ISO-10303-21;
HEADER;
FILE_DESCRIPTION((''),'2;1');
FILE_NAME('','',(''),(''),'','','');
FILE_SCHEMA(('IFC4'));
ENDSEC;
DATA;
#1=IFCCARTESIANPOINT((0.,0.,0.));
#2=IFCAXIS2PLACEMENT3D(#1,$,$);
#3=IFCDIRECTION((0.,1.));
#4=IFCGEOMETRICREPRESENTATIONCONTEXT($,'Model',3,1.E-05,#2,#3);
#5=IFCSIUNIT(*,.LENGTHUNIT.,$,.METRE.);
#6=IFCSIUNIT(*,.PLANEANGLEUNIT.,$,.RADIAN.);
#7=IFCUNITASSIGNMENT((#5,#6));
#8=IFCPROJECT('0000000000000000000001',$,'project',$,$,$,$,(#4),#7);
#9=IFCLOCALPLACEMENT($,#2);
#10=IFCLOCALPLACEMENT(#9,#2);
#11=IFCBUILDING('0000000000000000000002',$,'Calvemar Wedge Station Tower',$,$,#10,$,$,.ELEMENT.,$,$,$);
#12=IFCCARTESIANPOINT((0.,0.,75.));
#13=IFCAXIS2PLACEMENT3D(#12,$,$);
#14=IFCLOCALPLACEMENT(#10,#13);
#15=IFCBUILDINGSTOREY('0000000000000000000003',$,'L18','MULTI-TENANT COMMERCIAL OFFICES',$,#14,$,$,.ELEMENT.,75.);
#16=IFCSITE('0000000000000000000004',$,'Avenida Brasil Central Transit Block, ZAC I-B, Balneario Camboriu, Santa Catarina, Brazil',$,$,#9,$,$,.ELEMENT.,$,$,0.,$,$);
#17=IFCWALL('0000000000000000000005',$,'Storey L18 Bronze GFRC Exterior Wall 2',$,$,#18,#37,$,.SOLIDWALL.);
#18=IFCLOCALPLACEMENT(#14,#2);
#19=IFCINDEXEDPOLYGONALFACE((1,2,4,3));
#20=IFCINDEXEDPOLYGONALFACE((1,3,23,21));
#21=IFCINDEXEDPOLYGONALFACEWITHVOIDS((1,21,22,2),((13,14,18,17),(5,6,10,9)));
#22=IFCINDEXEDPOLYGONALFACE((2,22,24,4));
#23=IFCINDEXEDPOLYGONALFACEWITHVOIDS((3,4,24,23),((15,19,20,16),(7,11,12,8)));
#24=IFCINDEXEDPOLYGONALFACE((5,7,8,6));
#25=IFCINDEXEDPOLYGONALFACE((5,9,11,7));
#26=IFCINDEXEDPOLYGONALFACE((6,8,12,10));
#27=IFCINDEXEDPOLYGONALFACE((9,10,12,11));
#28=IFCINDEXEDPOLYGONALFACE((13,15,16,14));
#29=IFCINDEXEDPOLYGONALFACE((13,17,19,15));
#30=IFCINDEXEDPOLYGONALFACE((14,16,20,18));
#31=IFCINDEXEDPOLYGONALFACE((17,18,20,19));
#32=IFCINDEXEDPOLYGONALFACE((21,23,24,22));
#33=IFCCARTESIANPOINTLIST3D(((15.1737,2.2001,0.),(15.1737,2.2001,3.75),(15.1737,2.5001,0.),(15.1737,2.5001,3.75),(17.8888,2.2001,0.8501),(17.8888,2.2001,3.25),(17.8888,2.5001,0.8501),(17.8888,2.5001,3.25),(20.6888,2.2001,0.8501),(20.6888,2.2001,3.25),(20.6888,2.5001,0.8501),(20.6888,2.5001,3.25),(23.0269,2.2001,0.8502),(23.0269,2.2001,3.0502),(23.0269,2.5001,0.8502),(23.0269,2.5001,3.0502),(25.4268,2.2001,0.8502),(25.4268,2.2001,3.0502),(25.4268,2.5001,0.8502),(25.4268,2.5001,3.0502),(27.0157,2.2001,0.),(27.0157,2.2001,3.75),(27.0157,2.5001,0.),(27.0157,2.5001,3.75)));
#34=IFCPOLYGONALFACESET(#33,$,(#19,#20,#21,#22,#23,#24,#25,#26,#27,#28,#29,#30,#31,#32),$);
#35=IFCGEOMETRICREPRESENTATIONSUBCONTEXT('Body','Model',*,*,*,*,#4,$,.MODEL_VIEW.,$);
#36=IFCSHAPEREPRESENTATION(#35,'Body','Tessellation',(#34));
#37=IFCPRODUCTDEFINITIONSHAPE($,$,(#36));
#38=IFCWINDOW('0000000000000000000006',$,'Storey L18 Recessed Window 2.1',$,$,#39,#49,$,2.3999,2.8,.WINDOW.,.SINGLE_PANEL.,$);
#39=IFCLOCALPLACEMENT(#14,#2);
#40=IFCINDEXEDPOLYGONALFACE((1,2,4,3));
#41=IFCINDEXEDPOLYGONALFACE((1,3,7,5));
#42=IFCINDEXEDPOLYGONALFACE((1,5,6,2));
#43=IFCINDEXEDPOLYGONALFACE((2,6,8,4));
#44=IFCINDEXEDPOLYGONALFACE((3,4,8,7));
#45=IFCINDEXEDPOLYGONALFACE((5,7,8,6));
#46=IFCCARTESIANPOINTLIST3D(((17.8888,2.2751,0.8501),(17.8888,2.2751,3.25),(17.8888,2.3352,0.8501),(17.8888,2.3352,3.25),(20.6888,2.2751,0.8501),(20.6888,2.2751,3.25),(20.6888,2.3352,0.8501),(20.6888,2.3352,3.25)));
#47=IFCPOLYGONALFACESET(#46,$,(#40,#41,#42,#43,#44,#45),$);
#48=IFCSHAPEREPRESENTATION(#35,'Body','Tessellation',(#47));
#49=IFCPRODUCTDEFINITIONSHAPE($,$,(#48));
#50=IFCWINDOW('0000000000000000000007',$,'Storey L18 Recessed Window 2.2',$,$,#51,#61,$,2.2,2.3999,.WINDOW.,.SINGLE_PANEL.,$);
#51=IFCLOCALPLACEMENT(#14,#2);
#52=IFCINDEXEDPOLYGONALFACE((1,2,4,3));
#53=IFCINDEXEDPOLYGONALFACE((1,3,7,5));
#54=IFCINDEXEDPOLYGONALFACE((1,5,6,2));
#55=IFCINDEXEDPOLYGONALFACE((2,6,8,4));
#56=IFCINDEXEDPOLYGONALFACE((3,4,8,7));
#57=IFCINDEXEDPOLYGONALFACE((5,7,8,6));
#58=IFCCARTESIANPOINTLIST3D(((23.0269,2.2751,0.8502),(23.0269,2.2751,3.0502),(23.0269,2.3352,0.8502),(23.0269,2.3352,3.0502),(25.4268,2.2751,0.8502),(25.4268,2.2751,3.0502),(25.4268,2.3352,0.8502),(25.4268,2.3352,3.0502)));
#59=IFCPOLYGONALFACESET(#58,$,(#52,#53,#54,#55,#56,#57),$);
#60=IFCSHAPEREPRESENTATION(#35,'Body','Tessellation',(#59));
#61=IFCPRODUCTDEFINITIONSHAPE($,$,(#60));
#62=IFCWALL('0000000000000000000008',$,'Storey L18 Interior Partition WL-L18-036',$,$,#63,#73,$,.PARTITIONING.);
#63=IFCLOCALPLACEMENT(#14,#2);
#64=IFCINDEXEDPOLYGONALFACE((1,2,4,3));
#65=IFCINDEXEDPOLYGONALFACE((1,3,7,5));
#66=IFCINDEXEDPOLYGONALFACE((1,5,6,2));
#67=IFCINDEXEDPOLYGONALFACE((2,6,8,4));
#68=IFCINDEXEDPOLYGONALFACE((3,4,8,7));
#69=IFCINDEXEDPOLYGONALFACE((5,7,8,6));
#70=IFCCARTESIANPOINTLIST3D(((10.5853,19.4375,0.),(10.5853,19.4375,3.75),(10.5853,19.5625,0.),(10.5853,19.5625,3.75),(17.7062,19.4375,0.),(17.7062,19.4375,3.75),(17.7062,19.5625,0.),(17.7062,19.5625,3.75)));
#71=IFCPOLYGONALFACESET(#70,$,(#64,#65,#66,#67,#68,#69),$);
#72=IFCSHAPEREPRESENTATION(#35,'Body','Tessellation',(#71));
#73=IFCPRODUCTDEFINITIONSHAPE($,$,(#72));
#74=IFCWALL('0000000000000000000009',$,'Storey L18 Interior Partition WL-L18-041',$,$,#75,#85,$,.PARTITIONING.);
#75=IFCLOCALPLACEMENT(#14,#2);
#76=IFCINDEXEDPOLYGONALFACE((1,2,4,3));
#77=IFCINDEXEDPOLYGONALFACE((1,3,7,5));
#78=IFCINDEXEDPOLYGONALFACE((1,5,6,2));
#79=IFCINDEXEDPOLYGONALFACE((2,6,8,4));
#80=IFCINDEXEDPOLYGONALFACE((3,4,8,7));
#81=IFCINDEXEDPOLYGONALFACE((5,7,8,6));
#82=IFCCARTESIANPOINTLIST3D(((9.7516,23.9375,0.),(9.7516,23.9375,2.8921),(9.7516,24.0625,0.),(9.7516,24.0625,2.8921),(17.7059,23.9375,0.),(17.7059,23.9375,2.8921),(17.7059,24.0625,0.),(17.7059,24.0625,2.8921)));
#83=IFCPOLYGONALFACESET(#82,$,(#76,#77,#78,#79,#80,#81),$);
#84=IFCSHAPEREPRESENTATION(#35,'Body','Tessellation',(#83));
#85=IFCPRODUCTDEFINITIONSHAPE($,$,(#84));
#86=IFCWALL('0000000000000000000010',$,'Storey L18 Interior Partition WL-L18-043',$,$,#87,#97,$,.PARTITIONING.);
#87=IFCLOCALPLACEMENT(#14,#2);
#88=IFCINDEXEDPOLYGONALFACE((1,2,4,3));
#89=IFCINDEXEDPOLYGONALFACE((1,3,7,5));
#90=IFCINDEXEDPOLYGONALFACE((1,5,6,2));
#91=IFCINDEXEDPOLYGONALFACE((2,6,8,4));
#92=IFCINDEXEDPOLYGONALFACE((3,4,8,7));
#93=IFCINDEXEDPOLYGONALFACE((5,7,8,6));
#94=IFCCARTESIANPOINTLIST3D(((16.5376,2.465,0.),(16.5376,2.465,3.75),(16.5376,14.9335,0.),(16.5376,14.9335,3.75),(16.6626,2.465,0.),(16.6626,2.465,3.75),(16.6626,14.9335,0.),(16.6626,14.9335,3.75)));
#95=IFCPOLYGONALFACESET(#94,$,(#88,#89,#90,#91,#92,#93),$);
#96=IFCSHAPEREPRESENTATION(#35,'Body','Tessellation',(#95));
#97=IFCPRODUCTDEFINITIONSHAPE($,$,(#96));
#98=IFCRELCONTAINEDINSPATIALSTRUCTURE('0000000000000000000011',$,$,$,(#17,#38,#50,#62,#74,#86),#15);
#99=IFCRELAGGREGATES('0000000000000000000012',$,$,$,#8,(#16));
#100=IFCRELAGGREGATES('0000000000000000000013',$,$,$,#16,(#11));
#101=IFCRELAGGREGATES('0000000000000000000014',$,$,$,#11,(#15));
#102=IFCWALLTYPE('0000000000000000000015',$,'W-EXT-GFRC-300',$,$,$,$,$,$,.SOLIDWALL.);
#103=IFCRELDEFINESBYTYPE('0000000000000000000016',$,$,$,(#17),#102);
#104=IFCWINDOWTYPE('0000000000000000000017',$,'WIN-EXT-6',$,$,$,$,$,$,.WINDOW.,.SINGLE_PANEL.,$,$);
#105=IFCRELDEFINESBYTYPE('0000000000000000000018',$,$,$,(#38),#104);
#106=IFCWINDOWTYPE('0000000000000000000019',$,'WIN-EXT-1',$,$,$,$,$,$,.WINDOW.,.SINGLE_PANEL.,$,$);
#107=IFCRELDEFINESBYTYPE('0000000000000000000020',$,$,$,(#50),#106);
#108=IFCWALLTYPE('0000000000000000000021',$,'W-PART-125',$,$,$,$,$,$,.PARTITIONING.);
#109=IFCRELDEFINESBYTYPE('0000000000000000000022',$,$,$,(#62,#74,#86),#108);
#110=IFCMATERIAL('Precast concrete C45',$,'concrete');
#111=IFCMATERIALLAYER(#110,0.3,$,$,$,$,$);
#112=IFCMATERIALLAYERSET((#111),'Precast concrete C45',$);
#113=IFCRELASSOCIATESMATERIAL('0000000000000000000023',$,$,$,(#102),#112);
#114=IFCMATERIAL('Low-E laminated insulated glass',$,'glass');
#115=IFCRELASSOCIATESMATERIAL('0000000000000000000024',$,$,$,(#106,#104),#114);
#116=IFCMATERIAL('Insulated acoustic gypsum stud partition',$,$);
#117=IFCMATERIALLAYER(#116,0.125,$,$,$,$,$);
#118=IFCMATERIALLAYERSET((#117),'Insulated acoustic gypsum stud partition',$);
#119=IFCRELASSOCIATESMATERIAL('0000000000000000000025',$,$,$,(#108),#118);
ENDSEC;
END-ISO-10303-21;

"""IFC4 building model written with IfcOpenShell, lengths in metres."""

from ifc_helpers import new_model, si_unit, direction, frame, frame_2d, origin, place, context, subcontext, project, spatial, rectangle, extrude, source, transform, mapped, material, layer, layer_set, type_object, element, fill, save


model = new_model("IFC4")

# Units and contexts
model_context = context("Model", 3, precision=1e-05, world=origin(), true_north=direction((0.0, 1.0)))
body_context = subcontext(model_context, "Body", "Model", "MODEL_VIEW")
ifc_project = project(units=[si_unit("LENGTHUNIT", "METRE"), si_unit("PLANEANGLEUNIT", "RADIAN")], contexts=[model_context])

# Site, building, storey
site_placement = place(None, origin())
site = spatial("IfcSite", under=ifc_project, at=site_placement, Name="Avenida Brasil Central Transit Block, ZAC I-B, Balneario Camboriu, Santa Catarina, Brazil", CompositionType="ELEMENT", RefElevation=0.0)
building_placement = place(site_placement, origin())
building = spatial("IfcBuilding", under=site, at=building_placement, Name="Calvemar Wedge Station Tower", CompositionType="ELEMENT")
storey_placement = place(building_placement, frame((0.0, 0.0, 75.0)))
storey = spatial("IfcBuildingStorey", under=building, at=storey_placement, Name="L18", Description="MULTI-TENANT COMMERCIAL OFFICES", CompositionType="ELEMENT", Elevation=75.0)

# Shared definitions
ifc_material_1 = material(Name="Precast concrete C45", Category="concrete")
ifc_layer_1 = layer(ifc_material_1, 0.3)
ifc_layer_set_1 = layer_set([ifc_layer_1], Name="Precast concrete C45")
wall_type_1 = type_object("IfcWallType", Name="W-EXT-GFRC-300", PredefinedType="SOLIDWALL", material=ifc_layer_set_1)
shared_shape_1 = source(origin(), body_context, "Body", "SweptSolid", [
    extrude(rectangle(XDim=2.3999, YDim=2.2, at=frame_2d((1.2, 1.1001))), frame((0.0, 0.1602, 0.0), z_axis=(0.0, -1.0, 0.0), x_axis=(1.0, 0.0, 0.0)), (0.0, 0.0, 1.0), 0.3201),
])
ifc_material_2 = material(Name="Low-E laminated insulated glass", Category="glass")
window_type_1 = type_object("IfcWindowType", Name="WIN-EXT-1", PartitioningType="SINGLE_PANEL", PredefinedType="WINDOW", material=ifc_material_2)
shared_shape_2 = source(origin(), body_context, "Body", "SweptSolid", [
    extrude(rectangle(XDim=2.3999, YDim=2.2, at=frame_2d((1.2, 1.1001))), frame((0.0, -0.0149, 0.0), z_axis=(0.0, -1.0, 0.0), x_axis=(1.0, 0.0, 0.0)), (0.0, 0.0, 1.0), 0.0601),
])

# Wall, openings, windows
wall_1_placement = place(storey_placement, frame((15.1738, 2.3501, 0.0), z_axis=(0.0, 0.0, 1.0), x_axis=(1.0, 0.0, 0.0)))
wall_1 = element("IfcWall", 1, at=wall_1_placement, inside=storey, type_object=wall_type_1, Name="Storey L18 Bronze GFRC Exterior Wall 2", PredefinedType="SOLIDWALL", context=body_context, shape_type="SweptSolid", body=[
    extrude(rectangle(XDim=11.842, YDim=0.3, at=frame_2d((5.9209, 0.0))), origin(), (0.0, 0.0, 1.0), 3.75),
])
shared_shape_3 = source(origin(), body_context, "Body", "SweptSolid", [
    extrude(rectangle(XDim=2.8, YDim=2.3999, at=frame_2d((1.3999, 1.2))), frame((0.0, 0.1602, 0.0), z_axis=(0.0, -1.0, 0.0), x_axis=(1.0, 0.0, 0.0)), (0.0, 0.0, 1.0), 0.3201),
])
opening_1_placement = place(wall_1_placement, frame((2.7151, 0.0, 0.8501)))
opening_1 = element("IfcOpeningElement", 2, at=opening_1_placement, cuts=wall_1, PredefinedType="OPENING", context=body_context, shape_type="MappedRepresentation", body=[
    mapped(shared_shape_3, transform((0.0, 0.0, 0.0), scale=1.0)),
])
opening_2_placement = place(wall_1_placement, frame((7.853, 0.0, 0.8501)))
opening_2 = element("IfcOpeningElement", 3, at=opening_2_placement, cuts=wall_1, PredefinedType="OPENING", context=body_context, shape_type="MappedRepresentation", body=[
    mapped(shared_shape_1, transform((0.0, 0.0, 0.0), scale=1.0)),
])
window_type_2 = type_object("IfcWindowType", Name="WIN-EXT-6", PartitioningType="SINGLE_PANEL", PredefinedType="WINDOW", material=ifc_material_2)
shared_shape_4 = source(origin(), body_context, "Body", "SweptSolid", [
    extrude(rectangle(XDim=2.8, YDim=2.3999, at=frame_2d((1.3999, 1.2))), frame((0.0, -0.0149, 0.0), z_axis=(0.0, -1.0, 0.0), x_axis=(1.0, 0.0, 0.0)), (0.0, 0.0, 1.0), 0.0601),
])
window_1_placement = place(opening_1_placement, origin())
window_1 = element("IfcWindow", 4, at=window_1_placement, inside=storey, type_object=window_type_2, Name="Storey L18 Recessed Window 2.1", OverallHeight=2.3999, OverallWidth=2.8, PartitioningType="SINGLE_PANEL", PredefinedType="WINDOW", context=body_context, shape_type="MappedRepresentation", body=[
    mapped(shared_shape_4, transform((0.0, 0.0, 0.0), scale=1.0)),
])
fill(opening_1, window_1)
window_2_placement = place(opening_2_placement, origin())
window_2 = element("IfcWindow", 5, at=window_2_placement, inside=storey, type_object=window_type_1, Name="Storey L18 Recessed Window 2.2", OverallHeight=2.2, OverallWidth=2.3999, PartitioningType="SINGLE_PANEL", PredefinedType="WINDOW", context=body_context, shape_type="MappedRepresentation", body=[
    mapped(shared_shape_2, transform((0.0, 0.0, 0.0), scale=1.0)),
])
fill(opening_2, window_2)

# Walls
ifc_material_3 = material(Name="Insulated acoustic gypsum stud partition")
ifc_layer_2 = layer(ifc_material_3, 0.125)
ifc_layer_set_2 = layer_set([ifc_layer_2], Name="Insulated acoustic gypsum stud partition")
wall_type_2 = type_object("IfcWallType", Name="W-PART-125", PredefinedType="PARTITIONING", material=ifc_layer_set_2)
wall_2_placement = place(storey_placement, frame((10.5852, 19.5, 0.0), z_axis=(0.0, 0.0, 1.0), x_axis=(1.0, 0.0, 0.0)))
element("IfcWall", 6, at=wall_2_placement, inside=storey, type_object=wall_type_2, Name="Storey L18 Interior Partition WL-L18-036", PredefinedType="PARTITIONING", context=body_context, shape_type="SweptSolid", body=[
    extrude(rectangle(XDim=7.1208, YDim=0.125, at=frame_2d((3.5605, 0.0))), origin(), (0.0, 0.0, 1.0), 3.75),
])
wall_3_placement = place(storey_placement, frame((9.7517, 24.0, 0.0), z_axis=(0.0, 0.0, 1.0), x_axis=(1.0, 0.0, 0.0)))
element("IfcWall", 7, at=wall_3_placement, inside=storey, type_object=wall_type_2, Name="Storey L18 Interior Partition WL-L18-041", PredefinedType="PARTITIONING", context=body_context, shape_type="SweptSolid", body=[
    extrude(rectangle(XDim=7.9543, YDim=0.125, at=frame_2d((3.9771, 0.0))), origin(), (0.0, 0.0, 1.0), 2.8921),
])
wall_4_placement = place(storey_placement, frame((16.6001, 14.9336, 0.0), z_axis=(0.0, 0.0, 1.0), x_axis=(0.0, -1.0, 0.0)))
element("IfcWall", 8, at=wall_4_placement, inside=storey, type_object=wall_type_2, Name="Storey L18 Interior Partition WL-L18-043", PredefinedType="PARTITIONING", context=body_context, shape_type="SweptSolid", body=[
    extrude(rectangle(XDim=12.4685, YDim=0.125, at=frame_2d((6.2344, 0.0))), origin(), (0.0, 0.0, 1.0), 3.75),
])

save(model, "model.ifc")
